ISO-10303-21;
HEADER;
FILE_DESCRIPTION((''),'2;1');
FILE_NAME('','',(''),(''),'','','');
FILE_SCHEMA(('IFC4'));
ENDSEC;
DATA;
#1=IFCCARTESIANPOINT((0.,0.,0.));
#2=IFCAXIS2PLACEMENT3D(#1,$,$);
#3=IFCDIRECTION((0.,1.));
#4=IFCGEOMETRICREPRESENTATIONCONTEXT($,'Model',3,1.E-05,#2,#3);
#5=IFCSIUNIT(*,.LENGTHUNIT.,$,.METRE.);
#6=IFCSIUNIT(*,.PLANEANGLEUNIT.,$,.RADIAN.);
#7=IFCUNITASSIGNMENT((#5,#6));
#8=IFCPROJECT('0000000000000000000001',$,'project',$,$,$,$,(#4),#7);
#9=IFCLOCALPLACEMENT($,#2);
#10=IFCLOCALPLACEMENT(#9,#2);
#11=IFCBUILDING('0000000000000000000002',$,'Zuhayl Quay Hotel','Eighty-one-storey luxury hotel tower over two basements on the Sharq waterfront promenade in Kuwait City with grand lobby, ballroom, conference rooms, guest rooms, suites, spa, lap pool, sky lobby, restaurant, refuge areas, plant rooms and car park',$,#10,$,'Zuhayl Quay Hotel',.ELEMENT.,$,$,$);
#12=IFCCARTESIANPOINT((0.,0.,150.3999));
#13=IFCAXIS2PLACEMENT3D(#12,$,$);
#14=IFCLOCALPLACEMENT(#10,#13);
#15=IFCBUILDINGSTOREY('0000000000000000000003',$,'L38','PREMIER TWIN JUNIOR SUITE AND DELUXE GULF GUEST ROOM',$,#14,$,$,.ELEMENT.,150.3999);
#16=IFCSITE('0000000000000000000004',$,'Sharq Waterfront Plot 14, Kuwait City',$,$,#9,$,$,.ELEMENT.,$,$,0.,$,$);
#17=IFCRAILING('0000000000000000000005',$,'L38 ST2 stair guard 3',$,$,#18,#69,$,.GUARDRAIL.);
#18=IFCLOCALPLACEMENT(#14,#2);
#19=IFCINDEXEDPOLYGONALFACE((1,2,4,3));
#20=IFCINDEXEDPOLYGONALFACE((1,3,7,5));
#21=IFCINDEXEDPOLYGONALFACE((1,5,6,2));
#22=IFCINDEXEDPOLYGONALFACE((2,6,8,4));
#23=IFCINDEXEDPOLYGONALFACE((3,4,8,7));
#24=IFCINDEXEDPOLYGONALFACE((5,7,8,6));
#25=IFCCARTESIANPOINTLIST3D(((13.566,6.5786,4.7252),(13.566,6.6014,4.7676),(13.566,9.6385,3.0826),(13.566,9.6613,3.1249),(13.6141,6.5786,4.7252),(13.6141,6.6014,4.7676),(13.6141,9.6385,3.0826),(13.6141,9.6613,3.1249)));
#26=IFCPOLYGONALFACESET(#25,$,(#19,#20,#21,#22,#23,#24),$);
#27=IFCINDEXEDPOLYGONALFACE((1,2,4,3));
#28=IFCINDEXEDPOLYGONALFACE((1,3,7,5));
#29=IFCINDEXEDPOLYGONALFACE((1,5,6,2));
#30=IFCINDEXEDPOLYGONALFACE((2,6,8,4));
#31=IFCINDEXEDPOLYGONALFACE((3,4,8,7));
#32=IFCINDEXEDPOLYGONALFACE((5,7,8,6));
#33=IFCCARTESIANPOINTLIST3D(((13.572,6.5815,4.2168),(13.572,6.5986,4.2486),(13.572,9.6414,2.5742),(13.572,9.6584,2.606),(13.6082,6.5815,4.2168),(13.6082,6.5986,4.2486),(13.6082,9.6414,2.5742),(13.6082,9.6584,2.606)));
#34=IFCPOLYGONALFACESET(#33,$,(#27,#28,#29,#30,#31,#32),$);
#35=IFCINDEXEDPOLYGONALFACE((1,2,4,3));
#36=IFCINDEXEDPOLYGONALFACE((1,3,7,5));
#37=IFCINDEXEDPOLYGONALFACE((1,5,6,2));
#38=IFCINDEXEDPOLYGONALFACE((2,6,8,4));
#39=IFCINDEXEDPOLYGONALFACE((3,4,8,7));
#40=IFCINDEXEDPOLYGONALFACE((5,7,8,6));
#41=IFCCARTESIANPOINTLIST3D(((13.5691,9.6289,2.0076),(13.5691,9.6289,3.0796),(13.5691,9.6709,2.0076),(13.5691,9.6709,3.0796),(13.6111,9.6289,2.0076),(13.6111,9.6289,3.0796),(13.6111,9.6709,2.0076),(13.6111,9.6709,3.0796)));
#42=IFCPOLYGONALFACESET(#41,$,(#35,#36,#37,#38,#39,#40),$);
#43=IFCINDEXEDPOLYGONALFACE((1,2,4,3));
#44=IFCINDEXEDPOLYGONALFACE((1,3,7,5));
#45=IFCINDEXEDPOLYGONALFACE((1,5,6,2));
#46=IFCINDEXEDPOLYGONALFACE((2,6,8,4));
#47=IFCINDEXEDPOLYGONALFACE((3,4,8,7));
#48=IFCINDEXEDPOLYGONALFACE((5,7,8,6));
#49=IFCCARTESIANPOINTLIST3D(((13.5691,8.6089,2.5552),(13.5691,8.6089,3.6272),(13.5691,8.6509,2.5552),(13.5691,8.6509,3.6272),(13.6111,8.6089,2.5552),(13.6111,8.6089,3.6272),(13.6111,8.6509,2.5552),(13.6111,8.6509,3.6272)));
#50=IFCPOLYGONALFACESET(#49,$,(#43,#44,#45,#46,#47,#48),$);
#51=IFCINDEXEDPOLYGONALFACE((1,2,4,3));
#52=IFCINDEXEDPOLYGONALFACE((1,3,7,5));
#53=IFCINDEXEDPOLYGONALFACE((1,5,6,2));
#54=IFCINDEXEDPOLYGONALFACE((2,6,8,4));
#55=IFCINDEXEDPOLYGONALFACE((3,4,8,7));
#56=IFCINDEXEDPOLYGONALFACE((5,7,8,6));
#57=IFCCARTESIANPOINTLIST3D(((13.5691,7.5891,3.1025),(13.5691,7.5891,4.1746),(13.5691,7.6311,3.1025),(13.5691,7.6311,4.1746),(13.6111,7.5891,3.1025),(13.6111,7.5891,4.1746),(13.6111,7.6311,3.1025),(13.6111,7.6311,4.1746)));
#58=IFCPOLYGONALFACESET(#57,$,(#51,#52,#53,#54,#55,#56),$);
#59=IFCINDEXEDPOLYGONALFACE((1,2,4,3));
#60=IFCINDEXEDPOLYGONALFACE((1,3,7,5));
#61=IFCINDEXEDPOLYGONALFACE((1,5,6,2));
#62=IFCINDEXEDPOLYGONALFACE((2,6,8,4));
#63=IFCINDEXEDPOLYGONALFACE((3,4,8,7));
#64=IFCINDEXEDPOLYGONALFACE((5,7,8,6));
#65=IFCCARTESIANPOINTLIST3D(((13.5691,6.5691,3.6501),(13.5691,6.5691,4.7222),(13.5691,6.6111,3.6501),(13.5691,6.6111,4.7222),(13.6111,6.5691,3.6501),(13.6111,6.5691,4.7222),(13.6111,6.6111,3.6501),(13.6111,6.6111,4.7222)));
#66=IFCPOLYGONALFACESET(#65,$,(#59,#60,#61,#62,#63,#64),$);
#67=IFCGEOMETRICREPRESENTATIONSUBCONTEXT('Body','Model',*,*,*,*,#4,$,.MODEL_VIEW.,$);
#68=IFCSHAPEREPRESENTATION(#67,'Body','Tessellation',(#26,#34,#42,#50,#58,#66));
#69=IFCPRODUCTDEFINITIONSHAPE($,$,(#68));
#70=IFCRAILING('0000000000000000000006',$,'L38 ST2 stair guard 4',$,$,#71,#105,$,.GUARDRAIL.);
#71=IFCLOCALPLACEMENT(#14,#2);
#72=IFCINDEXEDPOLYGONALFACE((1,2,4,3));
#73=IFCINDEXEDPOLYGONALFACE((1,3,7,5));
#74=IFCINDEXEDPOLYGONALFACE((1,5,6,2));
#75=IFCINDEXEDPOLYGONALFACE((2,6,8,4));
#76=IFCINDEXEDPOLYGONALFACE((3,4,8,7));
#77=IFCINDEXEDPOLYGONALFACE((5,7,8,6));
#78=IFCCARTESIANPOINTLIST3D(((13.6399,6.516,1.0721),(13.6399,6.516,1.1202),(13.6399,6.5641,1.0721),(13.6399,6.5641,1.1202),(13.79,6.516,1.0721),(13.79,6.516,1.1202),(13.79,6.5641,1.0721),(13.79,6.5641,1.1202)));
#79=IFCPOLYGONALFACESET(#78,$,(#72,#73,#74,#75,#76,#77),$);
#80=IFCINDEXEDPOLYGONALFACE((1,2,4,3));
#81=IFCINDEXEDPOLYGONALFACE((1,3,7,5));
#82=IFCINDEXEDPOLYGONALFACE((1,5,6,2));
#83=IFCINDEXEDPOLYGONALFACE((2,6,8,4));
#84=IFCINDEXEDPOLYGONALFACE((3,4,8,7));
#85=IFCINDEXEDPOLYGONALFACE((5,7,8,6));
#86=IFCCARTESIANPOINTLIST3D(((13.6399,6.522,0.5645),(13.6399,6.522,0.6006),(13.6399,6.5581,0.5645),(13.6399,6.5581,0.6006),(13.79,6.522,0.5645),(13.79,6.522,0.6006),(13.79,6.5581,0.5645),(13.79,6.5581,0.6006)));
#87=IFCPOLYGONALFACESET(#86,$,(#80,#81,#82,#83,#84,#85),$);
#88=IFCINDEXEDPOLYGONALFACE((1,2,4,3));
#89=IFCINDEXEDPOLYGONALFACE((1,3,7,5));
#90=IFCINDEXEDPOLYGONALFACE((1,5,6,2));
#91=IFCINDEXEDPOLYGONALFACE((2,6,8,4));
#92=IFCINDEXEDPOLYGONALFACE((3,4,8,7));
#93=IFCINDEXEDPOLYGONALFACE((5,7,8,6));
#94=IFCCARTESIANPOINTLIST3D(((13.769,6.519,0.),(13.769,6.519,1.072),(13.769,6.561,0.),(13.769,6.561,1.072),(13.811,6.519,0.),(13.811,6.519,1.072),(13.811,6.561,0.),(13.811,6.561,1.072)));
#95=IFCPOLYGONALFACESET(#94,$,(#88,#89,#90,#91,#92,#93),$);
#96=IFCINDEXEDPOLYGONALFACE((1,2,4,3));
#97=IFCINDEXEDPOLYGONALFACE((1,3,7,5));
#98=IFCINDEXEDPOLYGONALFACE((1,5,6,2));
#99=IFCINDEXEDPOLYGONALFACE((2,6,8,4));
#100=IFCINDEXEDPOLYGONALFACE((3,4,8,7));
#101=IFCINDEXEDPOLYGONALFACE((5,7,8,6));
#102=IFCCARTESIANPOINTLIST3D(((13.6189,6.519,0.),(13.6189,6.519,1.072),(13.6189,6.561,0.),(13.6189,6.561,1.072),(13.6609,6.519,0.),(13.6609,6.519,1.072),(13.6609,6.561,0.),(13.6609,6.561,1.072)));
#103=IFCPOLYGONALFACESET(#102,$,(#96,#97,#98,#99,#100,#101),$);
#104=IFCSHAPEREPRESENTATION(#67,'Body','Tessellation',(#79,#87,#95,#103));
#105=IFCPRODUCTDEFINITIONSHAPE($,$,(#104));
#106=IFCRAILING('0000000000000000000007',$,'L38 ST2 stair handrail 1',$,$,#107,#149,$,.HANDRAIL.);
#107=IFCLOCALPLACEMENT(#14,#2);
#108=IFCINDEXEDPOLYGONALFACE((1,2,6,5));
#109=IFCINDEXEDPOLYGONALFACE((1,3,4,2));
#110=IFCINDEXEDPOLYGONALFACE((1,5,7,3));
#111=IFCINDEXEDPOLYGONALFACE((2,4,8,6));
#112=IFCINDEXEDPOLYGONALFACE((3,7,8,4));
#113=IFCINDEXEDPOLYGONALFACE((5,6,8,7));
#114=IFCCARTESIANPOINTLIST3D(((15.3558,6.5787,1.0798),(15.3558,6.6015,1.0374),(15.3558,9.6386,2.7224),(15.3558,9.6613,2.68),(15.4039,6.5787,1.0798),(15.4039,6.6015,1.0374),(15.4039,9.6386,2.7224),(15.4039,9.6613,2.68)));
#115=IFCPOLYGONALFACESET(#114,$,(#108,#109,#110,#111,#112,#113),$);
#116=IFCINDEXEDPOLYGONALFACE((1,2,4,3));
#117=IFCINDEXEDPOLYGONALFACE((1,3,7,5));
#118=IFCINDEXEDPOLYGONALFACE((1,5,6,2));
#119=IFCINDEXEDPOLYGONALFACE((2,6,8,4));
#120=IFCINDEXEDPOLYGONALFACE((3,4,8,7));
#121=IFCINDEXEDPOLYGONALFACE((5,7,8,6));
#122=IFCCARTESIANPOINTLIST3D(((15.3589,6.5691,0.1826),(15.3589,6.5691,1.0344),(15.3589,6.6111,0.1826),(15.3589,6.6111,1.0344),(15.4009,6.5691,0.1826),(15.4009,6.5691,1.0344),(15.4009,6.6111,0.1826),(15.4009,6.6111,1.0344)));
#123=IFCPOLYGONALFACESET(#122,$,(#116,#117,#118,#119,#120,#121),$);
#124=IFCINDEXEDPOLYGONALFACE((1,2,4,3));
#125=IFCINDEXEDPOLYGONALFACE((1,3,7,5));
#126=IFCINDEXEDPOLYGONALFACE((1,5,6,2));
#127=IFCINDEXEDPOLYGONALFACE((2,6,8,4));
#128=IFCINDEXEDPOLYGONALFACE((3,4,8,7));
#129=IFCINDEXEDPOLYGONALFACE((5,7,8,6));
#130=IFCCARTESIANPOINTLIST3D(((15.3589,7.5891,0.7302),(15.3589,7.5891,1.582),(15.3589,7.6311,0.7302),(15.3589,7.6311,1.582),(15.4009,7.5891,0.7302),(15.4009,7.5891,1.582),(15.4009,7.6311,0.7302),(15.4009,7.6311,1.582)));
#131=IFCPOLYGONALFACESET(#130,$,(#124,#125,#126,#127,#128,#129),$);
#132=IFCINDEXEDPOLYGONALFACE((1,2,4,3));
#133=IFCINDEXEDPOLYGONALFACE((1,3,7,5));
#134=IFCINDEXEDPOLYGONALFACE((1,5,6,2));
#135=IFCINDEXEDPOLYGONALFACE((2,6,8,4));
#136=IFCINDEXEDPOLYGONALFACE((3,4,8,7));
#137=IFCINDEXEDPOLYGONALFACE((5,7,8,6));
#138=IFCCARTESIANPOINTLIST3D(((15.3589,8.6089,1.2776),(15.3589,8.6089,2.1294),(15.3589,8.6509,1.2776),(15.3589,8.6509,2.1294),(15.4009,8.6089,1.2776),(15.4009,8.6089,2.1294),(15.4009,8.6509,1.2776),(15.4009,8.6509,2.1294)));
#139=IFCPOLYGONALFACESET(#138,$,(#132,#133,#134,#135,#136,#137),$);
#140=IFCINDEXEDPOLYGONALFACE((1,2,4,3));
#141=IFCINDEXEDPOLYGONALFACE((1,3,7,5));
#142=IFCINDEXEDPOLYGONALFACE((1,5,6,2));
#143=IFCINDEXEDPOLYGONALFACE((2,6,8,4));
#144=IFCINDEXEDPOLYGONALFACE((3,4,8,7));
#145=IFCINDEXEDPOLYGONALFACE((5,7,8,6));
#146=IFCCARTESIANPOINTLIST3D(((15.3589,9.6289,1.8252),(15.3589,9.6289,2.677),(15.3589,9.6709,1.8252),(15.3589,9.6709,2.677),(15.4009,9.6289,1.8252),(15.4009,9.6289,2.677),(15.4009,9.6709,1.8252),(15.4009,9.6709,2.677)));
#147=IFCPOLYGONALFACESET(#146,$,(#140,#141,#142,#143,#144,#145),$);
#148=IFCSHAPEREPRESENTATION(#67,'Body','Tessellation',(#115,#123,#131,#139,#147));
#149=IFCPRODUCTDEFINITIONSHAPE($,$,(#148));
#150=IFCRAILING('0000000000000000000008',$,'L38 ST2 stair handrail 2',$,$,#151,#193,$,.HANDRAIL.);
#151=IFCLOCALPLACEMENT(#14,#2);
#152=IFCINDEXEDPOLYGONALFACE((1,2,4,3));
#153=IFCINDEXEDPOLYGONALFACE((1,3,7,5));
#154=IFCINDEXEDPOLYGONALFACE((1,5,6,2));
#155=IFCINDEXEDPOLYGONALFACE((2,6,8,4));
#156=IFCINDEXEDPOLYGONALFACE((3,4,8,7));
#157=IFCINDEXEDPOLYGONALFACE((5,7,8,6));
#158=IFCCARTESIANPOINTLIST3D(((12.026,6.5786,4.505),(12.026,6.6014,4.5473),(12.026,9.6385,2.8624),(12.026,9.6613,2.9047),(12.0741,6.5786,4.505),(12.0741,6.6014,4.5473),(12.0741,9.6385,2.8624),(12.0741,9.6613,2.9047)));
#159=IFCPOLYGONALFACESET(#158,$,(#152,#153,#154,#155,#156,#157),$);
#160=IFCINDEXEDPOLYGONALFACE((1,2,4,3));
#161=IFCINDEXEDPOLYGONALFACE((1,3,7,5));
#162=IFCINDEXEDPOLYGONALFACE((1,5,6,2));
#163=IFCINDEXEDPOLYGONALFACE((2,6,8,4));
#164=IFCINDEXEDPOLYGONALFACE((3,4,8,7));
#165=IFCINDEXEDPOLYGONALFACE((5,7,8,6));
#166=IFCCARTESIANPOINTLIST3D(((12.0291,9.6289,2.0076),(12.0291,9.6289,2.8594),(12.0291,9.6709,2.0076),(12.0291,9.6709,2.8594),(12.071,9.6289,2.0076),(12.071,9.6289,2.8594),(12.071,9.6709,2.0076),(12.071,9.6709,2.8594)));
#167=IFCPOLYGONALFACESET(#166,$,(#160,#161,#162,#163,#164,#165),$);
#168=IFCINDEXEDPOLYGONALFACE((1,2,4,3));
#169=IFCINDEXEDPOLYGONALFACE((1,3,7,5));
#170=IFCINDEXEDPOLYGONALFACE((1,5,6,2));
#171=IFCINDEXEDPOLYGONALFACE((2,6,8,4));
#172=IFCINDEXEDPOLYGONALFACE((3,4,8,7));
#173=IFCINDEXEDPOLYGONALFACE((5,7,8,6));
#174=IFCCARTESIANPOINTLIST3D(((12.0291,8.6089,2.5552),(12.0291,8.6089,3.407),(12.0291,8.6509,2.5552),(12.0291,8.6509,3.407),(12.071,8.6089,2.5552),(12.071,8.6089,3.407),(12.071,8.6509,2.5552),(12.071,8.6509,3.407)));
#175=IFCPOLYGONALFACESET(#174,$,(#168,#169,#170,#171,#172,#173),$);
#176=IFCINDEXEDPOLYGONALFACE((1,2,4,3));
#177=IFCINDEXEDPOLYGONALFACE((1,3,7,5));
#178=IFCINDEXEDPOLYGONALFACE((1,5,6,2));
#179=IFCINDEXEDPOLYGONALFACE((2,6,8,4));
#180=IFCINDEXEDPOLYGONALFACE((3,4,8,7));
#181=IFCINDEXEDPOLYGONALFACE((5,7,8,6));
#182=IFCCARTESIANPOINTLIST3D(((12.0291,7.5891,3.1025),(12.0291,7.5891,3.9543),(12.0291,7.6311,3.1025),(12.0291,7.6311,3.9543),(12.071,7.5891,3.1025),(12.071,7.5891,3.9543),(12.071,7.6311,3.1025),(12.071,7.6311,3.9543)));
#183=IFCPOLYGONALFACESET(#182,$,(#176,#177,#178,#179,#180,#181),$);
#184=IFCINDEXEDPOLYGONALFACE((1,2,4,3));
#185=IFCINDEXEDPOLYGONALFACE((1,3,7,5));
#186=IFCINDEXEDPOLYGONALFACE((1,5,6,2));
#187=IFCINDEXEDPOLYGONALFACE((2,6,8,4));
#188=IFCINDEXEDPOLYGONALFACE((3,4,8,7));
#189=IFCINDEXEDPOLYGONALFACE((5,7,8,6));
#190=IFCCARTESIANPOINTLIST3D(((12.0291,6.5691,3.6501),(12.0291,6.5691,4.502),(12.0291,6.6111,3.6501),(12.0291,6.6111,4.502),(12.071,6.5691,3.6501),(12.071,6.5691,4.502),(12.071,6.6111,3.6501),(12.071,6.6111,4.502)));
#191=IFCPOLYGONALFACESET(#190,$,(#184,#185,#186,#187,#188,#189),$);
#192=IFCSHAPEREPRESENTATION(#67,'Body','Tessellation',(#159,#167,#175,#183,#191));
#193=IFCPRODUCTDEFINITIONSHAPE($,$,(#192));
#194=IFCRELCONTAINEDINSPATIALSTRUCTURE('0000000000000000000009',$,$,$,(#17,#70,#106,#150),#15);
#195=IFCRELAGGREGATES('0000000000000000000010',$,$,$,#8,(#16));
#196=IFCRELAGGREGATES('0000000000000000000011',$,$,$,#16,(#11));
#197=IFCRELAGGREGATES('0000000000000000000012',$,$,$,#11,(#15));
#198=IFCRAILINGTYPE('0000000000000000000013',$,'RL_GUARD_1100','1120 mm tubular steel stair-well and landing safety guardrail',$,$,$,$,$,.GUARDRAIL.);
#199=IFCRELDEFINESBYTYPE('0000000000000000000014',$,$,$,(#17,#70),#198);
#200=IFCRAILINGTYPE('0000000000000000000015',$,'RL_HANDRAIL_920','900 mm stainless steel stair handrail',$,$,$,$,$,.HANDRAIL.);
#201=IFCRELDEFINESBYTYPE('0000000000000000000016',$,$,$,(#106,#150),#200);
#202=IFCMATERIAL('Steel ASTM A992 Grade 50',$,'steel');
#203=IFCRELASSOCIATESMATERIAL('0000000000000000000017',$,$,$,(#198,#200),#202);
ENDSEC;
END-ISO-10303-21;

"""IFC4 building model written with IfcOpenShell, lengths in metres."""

from ifc_helpers import new_model, si_unit, direction, frame, origin, origin_2d, place, context, subcontext, project, spatial, rectangle, extrude, material, type_object, element, save


model = new_model("IFC4")

# Units and contexts
model_context = context("Model", 3, precision=1e-05, world=origin(), true_north=direction((0.0, 1.0)))
body_context = subcontext(model_context, "Body", "Model", "MODEL_VIEW")
ifc_project = project(units=[si_unit("LENGTHUNIT", "METRE"), si_unit("PLANEANGLEUNIT", "RADIAN")], contexts=[model_context])

# Site, building, storey
site_placement = place(None, origin())
site = spatial("IfcSite", under=ifc_project, at=site_placement, Name="Sharq Waterfront Plot 14, Kuwait City", CompositionType="ELEMENT", RefElevation=0.0)
building_placement = place(site_placement, origin())
building = spatial("IfcBuilding", under=site, at=building_placement, Name="Zuhayl Quay Hotel", Description="Eighty-one-storey luxury hotel tower over two basements on the Sharq waterfront promenade in Kuwait City with grand lobby, ballroom, conference rooms, guest rooms, suites, spa, lap pool, sky lobby, restaurant, refuge areas, plant rooms and car park", LongName="Zuhayl Quay Hotel", CompositionType="ELEMENT")
storey_placement = place(building_placement, frame((0.0, 0.0, 150.3999)))
storey = spatial("IfcBuildingStorey", under=building, at=storey_placement, Name="L38", Description="PREMIER TWIN JUNIOR SUITE AND DELUXE GULF GUEST ROOM", CompositionType="ELEMENT", Elevation=150.3999)

# Shared definitions
ifc_material_1 = material(Name="Steel ASTM A992 Grade 50", Category="steel")

# Railings
railing_type_1 = type_object("IfcRailingType", Name="RL_GUARD_1100", Description="1120 mm tubular steel stair-well and landing safety guardrail", PredefinedType="GUARDRAIL", material=ifc_material_1)
railing_1_placement = place(storey_placement, frame((13.5901, 9.6499, 2.0076)))
element("IfcRailing", 1, at=railing_1_placement, inside=storey, type_object=railing_type_1, Name="L38 ST2 stair guard 3", PredefinedType="GUARDRAIL", context=body_context, shape_type="SweptSolid", body=[
    extrude(rectangle(XDim=0.0481, YDim=0.0481, at=origin_2d()), frame((0.0, 0.0, 1.0962), z_axis=(0.0, -0.881073, 0.47298), x_axis=(1.0, 0.0, 0.0)), (0.0, 0.0, 1.0), 3.4729),
    extrude(rectangle(XDim=0.0361, YDim=0.0361, at=origin_2d()), frame((0.0, 0.0, 0.5825), z_axis=(0.0, -0.881073, 0.47298), x_axis=(1.0, 0.0, 0.0)), (0.0, 0.0, 1.0), 3.4729),
    extrude(rectangle(XDim=0.042, YDim=0.042, at=origin_2d()), origin(), (0.0, 0.0, 1.0), 1.072),
    extrude(rectangle(XDim=0.042, YDim=0.042, at=origin_2d()), frame((0.0, -1.02, 0.5476)), (0.0, 0.0, 1.0), 1.072),
    extrude(rectangle(XDim=0.042, YDim=0.042, at=origin_2d()), frame((0.0, -2.0398, 1.095)), (0.0, 0.0, 1.0), 1.072),
    extrude(rectangle(XDim=0.042, YDim=0.042, at=origin_2d()), frame((0.0, -3.0598, 1.6426)), (0.0, 0.0, 1.0), 1.072),
])
railing_2_placement = place(storey_placement, frame((13.79, 6.54, 0.0)))
element("IfcRailing", 2, at=railing_2_placement, inside=storey, type_object=railing_type_1, Name="L38 ST2 stair guard 4", PredefinedType="GUARDRAIL", context=body_context, shape_type="SweptSolid", body=[
    extrude(rectangle(XDim=0.0481, YDim=0.0481, at=origin_2d()), frame((0.0, 0.0, 1.0962), z_axis=(-1.0, 0.0, 0.0), x_axis=(0.0, -1.0, 0.0)), (0.0, 0.0, 1.0), 0.1501),
    extrude(rectangle(XDim=0.0361, YDim=0.0361, at=origin_2d()), frame((0.0, 0.0, 0.5825), z_axis=(-1.0, 0.0, 0.0), x_axis=(0.0, -1.0, 0.0)), (0.0, 0.0, 1.0), 0.1501),
    extrude(rectangle(XDim=0.042, YDim=0.042, at=origin_2d()), origin(), (0.0, 0.0, 1.0), 1.072),
    extrude(rectangle(XDim=0.042, YDim=0.042, at=origin_2d()), frame((-0.1501, 0.0, 0.0)), (0.0, 0.0, 1.0), 1.072),
])
railing_type_2 = type_object("IfcRailingType", Name="RL_HANDRAIL_920", Description="900 mm stainless steel stair handrail", PredefinedType="HANDRAIL", material=ifc_material_1)
railing_3_placement = place(storey_placement, frame((15.3799, 6.5901, 0.1826)))
element("IfcRailing", 3, at=railing_3_placement, inside=storey, type_object=railing_type_2, Name="L38 ST2 stair handrail 1", PredefinedType="HANDRAIL", context=body_context, shape_type="SweptSolid", body=[
    extrude(rectangle(XDim=0.0481, YDim=0.0481, at=origin_2d()), frame((0.0, 0.0, 0.876), z_axis=(0.0, 0.881073, 0.47298), x_axis=(-1.0, 0.0, 0.0)), (0.0, 0.0, 1.0), 3.4729),
    extrude(rectangle(XDim=0.042, YDim=0.042, at=origin_2d()), origin(), (0.0, 0.0, 1.0), 0.8518),
    extrude(rectangle(XDim=0.042, YDim=0.042, at=origin_2d()), frame((0.0, 1.02, 0.5476)), (0.0, 0.0, 1.0), 0.8518),
    extrude(rectangle(XDim=0.042, YDim=0.042, at=origin_2d()), frame((0.0, 2.0398, 1.095)), (0.0, 0.0, 1.0), 0.8518),
    extrude(rectangle(XDim=0.042, YDim=0.042, at=origin_2d()), frame((0.0, 3.0598, 1.6426)), (0.0, 0.0, 1.0), 0.8518),
])
railing_4_placement = place(storey_placement, frame((12.05, 9.6499, 2.0076)))
element("IfcRailing", 4, at=railing_4_placement, inside=storey, type_object=railing_type_2, Name="L38 ST2 stair handrail 2", PredefinedType="HANDRAIL", context=body_context, shape_type="SweptSolid", body=[
    extrude(rectangle(XDim=0.0481, YDim=0.0481, at=origin_2d()), frame((0.0, 0.0, 0.876), z_axis=(0.0, -0.881073, 0.47298), x_axis=(1.0, 0.0, 0.0)), (0.0, 0.0, 1.0), 3.4729),
    extrude(rectangle(XDim=0.042, YDim=0.042, at=origin_2d()), origin(), (0.0, 0.0, 1.0), 0.8518),
    extrude(rectangle(XDim=0.042, YDim=0.042, at=origin_2d()), frame((0.0, -1.02, 0.5476)), (0.0, 0.0, 1.0), 0.8518),
    extrude(rectangle(XDim=0.042, YDim=0.042, at=origin_2d()), frame((0.0, -2.0398, 1.095)), (0.0, 0.0, 1.0), 0.8518),
    extrude(rectangle(XDim=0.042, YDim=0.042, at=origin_2d()), frame((0.0, -3.0598, 1.6426)), (0.0, 0.0, 1.0), 0.8518),
])

save(model, "model.ifc")
